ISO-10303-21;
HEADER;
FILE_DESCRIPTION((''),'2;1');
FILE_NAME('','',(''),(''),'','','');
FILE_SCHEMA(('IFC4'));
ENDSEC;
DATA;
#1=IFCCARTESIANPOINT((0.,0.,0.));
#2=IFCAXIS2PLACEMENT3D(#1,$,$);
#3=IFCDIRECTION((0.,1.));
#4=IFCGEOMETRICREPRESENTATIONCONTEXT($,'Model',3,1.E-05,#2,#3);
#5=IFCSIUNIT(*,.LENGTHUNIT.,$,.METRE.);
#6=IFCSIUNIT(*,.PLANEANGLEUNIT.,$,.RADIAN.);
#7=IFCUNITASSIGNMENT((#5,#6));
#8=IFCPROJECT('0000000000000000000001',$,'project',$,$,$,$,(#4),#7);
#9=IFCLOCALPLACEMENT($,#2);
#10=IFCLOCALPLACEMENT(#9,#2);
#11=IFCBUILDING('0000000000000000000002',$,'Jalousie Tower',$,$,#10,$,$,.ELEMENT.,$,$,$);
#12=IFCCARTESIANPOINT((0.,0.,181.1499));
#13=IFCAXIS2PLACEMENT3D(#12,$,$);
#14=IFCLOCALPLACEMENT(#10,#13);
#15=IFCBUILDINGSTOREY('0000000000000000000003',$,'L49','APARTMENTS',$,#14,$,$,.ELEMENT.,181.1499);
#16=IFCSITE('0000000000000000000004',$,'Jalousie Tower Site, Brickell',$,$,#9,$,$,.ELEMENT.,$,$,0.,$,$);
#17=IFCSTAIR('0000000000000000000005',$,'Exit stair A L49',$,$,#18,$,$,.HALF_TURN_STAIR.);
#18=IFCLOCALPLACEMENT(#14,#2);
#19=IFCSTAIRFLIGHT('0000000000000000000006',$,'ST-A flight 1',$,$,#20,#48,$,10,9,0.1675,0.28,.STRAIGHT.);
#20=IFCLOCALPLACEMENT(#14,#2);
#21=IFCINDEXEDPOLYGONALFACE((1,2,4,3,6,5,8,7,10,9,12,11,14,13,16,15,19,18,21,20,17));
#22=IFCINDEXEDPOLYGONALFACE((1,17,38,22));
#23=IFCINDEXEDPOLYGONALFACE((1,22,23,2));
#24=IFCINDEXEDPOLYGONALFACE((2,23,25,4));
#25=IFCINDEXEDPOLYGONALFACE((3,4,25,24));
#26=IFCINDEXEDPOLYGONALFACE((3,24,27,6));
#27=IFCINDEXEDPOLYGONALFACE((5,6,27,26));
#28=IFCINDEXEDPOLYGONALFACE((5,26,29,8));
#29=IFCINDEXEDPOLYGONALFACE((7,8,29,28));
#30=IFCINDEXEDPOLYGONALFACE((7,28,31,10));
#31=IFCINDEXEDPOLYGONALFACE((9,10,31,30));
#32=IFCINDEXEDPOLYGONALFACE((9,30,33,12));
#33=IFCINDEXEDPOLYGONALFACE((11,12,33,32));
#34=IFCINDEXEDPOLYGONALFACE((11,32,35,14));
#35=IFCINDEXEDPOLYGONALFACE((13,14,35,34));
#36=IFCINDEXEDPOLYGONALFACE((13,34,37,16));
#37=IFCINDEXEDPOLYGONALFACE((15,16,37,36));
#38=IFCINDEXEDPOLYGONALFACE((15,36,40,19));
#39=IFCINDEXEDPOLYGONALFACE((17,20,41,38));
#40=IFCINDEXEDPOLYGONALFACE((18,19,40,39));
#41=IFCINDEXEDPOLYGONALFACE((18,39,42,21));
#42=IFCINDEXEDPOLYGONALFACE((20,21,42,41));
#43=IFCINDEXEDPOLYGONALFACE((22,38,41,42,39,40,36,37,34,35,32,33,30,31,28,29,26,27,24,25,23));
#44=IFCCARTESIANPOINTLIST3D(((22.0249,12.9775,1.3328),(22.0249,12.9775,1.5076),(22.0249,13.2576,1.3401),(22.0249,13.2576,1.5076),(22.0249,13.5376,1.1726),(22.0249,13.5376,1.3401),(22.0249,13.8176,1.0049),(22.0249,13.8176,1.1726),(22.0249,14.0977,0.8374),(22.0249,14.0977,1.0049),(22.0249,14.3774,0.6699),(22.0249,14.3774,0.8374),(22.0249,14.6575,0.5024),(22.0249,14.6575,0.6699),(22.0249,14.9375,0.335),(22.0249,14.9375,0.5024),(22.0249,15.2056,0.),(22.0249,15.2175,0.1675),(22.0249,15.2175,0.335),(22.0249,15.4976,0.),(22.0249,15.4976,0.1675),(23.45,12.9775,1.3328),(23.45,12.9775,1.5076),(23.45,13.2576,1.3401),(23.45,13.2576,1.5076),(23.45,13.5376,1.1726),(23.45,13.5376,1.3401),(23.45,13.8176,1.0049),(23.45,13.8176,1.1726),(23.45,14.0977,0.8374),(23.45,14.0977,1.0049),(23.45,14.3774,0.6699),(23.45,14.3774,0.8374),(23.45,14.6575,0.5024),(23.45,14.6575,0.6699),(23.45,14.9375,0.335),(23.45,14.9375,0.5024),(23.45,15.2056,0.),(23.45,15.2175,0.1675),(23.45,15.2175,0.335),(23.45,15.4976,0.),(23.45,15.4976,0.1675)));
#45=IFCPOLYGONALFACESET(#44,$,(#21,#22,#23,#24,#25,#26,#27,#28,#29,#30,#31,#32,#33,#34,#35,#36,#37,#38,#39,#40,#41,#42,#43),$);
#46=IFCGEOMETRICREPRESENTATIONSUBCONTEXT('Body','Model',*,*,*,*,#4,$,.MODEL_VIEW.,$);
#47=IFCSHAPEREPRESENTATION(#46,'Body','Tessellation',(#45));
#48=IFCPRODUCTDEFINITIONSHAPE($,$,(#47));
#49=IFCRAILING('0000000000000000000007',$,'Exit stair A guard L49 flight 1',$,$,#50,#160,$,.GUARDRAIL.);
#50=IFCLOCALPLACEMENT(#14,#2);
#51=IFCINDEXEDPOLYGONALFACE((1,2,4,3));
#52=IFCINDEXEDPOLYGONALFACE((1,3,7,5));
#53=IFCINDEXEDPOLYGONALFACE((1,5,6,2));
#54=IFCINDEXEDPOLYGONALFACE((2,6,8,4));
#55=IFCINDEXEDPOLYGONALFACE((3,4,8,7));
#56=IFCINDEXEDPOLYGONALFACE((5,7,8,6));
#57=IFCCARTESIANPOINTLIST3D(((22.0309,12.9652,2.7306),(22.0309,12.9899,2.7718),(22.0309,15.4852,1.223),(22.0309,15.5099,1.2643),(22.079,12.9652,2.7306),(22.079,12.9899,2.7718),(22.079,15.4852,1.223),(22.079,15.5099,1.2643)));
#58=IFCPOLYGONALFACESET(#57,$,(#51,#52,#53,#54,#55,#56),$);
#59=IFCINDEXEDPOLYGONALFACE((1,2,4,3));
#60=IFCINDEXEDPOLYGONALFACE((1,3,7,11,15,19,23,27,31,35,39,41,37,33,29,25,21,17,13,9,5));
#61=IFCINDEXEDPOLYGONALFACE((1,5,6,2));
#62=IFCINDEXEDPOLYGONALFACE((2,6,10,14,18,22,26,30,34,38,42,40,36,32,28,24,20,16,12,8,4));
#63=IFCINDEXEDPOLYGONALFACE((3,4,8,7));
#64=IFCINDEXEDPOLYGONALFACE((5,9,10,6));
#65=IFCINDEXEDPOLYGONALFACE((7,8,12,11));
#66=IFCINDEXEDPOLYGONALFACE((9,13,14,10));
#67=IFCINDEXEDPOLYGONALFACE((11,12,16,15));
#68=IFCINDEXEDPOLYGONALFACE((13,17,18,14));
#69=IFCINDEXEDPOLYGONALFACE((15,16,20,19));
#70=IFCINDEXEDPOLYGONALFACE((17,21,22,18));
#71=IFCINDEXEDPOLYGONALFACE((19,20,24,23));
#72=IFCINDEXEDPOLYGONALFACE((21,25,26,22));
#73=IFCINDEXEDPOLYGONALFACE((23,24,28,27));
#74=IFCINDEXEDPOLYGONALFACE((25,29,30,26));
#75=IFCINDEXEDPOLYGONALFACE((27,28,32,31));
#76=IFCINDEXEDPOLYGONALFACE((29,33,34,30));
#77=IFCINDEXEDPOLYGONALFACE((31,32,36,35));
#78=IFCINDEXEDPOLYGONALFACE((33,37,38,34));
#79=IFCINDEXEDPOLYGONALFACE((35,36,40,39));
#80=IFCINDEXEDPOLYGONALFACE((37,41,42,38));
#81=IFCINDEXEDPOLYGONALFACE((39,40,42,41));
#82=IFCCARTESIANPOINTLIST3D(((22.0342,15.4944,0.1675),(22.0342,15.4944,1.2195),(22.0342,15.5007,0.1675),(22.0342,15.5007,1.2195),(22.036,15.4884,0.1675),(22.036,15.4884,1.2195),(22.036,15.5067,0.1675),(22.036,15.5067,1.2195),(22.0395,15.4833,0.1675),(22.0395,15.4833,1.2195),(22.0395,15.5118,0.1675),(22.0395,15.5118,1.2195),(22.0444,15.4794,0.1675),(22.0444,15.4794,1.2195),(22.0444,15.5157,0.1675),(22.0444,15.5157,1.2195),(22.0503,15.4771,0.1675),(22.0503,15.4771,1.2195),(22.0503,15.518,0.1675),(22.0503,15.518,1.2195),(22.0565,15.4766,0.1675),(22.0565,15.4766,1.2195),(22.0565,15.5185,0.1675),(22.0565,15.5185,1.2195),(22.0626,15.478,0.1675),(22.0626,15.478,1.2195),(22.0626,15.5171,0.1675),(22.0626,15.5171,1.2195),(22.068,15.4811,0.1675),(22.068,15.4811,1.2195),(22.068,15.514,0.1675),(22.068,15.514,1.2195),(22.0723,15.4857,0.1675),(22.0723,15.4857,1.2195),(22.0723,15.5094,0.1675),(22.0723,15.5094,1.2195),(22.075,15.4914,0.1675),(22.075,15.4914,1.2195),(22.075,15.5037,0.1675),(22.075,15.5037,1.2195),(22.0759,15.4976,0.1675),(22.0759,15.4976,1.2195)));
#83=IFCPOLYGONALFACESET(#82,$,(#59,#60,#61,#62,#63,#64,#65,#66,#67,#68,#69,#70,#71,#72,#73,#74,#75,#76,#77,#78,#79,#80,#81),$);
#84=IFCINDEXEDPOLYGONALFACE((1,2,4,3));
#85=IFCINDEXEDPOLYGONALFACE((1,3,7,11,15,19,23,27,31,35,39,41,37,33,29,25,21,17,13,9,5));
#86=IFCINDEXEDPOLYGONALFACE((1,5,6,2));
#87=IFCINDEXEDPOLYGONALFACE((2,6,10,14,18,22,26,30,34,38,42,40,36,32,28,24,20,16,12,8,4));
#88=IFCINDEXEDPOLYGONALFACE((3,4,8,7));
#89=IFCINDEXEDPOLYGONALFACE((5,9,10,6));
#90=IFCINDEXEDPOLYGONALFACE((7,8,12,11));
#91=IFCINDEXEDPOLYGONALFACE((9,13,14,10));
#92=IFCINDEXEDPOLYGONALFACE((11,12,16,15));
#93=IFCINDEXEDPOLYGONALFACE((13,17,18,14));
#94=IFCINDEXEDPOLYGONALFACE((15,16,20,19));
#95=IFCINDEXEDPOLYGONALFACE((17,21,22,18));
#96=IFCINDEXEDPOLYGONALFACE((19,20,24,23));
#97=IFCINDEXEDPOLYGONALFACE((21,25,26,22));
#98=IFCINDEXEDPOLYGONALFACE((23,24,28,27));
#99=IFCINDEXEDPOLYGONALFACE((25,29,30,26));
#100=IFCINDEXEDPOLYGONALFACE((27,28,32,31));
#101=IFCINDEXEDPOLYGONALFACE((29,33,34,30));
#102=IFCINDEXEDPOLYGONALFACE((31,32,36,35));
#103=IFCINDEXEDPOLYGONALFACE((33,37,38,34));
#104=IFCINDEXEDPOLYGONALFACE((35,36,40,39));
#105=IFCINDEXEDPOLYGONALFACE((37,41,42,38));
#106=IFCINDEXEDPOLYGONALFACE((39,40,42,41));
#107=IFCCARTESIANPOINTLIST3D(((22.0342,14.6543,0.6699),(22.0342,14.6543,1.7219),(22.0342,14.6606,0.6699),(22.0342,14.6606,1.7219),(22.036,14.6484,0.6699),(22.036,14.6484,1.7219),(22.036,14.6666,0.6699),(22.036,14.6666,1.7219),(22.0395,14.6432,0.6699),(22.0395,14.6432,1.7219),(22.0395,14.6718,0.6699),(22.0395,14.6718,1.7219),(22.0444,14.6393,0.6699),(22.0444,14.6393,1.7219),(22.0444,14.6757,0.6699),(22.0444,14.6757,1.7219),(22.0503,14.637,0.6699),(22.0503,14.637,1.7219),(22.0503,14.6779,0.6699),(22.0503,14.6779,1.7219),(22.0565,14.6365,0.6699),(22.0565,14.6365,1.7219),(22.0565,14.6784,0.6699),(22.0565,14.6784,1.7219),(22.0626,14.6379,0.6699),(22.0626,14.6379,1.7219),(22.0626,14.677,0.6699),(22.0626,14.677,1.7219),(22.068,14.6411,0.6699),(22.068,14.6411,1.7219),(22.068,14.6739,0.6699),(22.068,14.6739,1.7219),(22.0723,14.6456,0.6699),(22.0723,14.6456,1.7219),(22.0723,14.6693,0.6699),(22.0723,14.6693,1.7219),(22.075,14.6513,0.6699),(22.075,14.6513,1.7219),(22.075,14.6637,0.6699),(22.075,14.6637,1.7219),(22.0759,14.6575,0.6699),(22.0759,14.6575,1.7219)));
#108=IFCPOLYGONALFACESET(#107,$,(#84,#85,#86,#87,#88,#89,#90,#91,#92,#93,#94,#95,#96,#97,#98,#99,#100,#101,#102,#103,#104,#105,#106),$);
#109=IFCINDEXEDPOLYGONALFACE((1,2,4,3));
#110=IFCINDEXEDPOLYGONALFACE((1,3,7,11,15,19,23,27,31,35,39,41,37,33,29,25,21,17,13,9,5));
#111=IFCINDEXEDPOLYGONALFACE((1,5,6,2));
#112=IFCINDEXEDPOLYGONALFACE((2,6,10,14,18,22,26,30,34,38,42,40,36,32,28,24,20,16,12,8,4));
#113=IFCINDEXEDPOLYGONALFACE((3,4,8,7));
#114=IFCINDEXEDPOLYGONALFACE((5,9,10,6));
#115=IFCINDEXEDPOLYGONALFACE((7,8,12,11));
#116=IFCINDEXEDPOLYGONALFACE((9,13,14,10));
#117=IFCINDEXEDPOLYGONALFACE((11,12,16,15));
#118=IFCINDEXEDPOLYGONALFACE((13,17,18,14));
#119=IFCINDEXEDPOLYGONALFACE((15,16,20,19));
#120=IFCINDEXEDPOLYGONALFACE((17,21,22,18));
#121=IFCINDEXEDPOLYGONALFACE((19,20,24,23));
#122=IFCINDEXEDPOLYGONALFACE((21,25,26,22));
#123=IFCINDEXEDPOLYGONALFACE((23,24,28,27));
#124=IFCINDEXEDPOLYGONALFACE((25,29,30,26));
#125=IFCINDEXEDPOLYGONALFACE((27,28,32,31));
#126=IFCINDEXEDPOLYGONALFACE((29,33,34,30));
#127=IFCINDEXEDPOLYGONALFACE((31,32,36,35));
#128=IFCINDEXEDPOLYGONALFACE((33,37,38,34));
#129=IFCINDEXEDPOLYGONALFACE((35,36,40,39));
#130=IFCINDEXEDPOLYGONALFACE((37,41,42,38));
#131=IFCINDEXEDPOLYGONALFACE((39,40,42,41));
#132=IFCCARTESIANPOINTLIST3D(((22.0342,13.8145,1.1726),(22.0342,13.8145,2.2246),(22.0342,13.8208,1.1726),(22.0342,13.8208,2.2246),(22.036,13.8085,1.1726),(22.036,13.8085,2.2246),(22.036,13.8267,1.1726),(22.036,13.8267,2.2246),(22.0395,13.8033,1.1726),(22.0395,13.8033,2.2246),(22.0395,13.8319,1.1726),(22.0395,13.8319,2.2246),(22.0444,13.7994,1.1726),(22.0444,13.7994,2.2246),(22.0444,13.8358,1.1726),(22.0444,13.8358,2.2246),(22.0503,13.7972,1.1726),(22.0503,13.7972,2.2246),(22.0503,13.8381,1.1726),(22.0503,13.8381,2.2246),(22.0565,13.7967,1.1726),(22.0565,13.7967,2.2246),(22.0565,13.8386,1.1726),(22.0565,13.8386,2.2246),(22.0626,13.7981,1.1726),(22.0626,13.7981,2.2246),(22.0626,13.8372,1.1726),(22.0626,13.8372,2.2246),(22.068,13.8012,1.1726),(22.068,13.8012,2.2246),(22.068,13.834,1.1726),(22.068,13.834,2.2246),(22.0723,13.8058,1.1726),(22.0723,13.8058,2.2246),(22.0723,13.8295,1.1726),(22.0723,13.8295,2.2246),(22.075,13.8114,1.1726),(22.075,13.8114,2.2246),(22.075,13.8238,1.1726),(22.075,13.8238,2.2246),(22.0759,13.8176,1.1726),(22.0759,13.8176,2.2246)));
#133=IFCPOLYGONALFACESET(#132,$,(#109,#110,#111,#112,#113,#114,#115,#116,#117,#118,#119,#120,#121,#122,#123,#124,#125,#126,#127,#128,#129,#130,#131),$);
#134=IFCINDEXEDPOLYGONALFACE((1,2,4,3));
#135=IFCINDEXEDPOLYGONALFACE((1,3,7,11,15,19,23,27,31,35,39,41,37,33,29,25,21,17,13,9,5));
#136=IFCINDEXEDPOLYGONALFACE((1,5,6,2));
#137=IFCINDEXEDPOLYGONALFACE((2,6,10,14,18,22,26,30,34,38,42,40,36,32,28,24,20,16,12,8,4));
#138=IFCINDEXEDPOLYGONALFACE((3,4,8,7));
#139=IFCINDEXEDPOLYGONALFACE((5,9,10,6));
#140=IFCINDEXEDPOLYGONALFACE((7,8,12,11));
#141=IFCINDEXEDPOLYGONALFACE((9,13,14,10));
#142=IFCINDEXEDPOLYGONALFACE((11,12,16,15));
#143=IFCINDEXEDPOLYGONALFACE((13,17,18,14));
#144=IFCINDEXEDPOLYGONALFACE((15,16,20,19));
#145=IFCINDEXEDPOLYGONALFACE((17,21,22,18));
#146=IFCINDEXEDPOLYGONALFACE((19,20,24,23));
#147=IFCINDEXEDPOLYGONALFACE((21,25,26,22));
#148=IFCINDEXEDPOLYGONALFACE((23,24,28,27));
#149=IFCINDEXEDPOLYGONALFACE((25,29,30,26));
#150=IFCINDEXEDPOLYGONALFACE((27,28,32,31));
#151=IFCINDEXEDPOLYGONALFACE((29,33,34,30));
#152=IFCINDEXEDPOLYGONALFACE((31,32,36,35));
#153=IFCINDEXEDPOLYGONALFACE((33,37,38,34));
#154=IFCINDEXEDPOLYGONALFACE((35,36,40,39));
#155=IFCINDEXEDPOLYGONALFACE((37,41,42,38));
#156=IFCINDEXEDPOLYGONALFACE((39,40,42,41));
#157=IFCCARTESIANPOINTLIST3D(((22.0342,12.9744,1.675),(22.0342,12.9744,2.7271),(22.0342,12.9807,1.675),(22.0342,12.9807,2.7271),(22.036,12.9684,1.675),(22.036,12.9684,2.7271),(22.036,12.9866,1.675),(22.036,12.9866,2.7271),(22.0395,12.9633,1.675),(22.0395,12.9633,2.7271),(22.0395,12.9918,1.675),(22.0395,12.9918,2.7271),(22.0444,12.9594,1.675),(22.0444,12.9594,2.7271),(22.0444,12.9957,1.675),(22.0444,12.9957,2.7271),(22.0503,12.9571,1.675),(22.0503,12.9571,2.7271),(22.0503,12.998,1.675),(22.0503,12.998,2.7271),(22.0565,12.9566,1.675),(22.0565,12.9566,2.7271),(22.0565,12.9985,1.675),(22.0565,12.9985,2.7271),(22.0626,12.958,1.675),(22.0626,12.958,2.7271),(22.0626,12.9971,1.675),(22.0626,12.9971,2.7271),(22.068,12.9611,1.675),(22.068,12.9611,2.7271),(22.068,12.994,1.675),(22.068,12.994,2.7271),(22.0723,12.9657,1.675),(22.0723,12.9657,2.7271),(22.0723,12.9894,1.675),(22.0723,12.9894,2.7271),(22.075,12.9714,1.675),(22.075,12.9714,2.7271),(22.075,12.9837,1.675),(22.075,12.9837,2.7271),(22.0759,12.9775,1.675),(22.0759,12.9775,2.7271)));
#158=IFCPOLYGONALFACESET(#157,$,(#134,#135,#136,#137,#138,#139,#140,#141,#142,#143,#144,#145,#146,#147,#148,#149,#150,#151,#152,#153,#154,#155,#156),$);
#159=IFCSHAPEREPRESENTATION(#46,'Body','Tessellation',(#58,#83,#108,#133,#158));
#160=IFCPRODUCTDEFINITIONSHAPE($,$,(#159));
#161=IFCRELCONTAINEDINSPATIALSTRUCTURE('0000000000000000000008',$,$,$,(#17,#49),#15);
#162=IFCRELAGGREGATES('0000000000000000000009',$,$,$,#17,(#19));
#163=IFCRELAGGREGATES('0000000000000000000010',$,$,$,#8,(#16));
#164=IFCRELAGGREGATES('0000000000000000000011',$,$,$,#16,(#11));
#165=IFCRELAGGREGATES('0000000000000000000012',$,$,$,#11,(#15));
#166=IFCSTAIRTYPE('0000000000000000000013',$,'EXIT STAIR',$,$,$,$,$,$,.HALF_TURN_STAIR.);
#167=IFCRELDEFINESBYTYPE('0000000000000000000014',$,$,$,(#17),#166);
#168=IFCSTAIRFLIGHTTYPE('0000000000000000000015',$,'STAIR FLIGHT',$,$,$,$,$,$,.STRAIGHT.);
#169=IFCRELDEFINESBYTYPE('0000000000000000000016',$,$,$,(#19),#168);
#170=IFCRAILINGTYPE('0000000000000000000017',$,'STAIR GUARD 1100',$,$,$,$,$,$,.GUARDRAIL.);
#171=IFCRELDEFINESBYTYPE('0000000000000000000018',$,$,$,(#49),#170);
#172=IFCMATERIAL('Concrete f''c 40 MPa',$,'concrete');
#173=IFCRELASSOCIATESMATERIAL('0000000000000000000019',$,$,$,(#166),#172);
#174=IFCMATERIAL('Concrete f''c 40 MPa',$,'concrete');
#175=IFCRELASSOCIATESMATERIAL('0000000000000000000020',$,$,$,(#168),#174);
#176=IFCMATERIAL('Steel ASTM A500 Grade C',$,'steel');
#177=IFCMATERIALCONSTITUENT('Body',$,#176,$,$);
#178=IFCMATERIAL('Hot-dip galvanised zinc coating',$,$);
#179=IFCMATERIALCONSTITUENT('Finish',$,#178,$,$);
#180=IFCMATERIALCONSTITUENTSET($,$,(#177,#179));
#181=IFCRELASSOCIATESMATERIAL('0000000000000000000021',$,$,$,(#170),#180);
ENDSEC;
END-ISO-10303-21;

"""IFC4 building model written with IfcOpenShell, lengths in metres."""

from ifc_helpers import new_model, si_unit, direction, frame, origin, origin_2d, place, context, subcontext, project, spatial, polyline, rectangle, circle, outline, extrude, material, constituent, constituent_set, type_object, element, aggregate, save


model = new_model("IFC4")

# Units and contexts
model_context = context("Model", 3, precision=1e-05, world=origin(), true_north=direction((0.0, 1.0)))
body_context = subcontext(model_context, "Body", "Model", "MODEL_VIEW")
ifc_project = project(units=[si_unit("LENGTHUNIT", "METRE"), si_unit("PLANEANGLEUNIT", "RADIAN")], contexts=[model_context])

# Site, building, storey
site_placement = place(None, origin())
site = spatial("IfcSite", under=ifc_project, at=site_placement, Name="Jalousie Tower Site, Brickell", CompositionType="ELEMENT", RefElevation=0.0)
building_placement = place(site_placement, origin())
building = spatial("IfcBuilding", under=site, at=building_placement, Name="Jalousie Tower", CompositionType="ELEMENT")
storey_placement = place(building_placement, frame((0.0, 0.0, 181.1499)))
storey = spatial("IfcBuildingStorey", under=building, at=storey_placement, Name="L49", Description="APARTMENTS", CompositionType="ELEMENT", Elevation=181.1499)

# Stair, stair flight
ifc_material_1 = material(Name="Concrete f'c 40 MPa", Category="concrete")
stair_type = type_object("IfcStairType", Name="EXIT STAIR", PredefinedType="HALF_TURN_STAIR", material=ifc_material_1)
stair_placement = place(storey_placement, origin())
stair = element("IfcStair", 1, at=stair_placement, inside=storey, type_object=stair_type, Name="Exit stair A L49", PredefinedType="HALF_TURN_STAIR")
ifc_material_2 = material(Name="Concrete f'c 40 MPa", Category="concrete")
stair_flight_type = type_object("IfcStairFlightType", Name="STAIR FLIGHT", PredefinedType="STRAIGHT", material=ifc_material_2)
stair_flight_placement = place(storey_placement, frame((22.7375, 15.4976, 0.0), z_axis=(0.0, 0.0, 1.0), x_axis=(0.0, -1.0, 0.0)))
stair_flight = element("IfcStairFlight", 2, at=stair_flight_placement, type_object=stair_flight_type, Name="ST-A flight 1", NumberOfRisers=10, NumberOfTreads=9, PredefinedType="STRAIGHT", RiserHeight=0.1675, TreadLength=0.28, context=body_context, shape_type="SweptSolid", body=[
    extrude(outline(polyline([(0.0, 0.0), (0.0, 0.1675), (0.28, 0.1675), (0.28, 0.335), (0.5601, 0.335), (0.5601, 0.5024), (0.8401, 0.5024), (0.8401, 0.6699), (1.1201, 0.6699), (1.1201, 0.8374), (1.3999, 0.8374), (1.3999, 1.0049), (1.6799, 1.0049), (1.6799, 1.1726), (1.96, 1.1726), (1.96, 1.3401), (2.24, 1.3401), (2.24, 1.5076), (2.52, 1.5076), (2.52, 1.675), (2.52, 1.3328), (0.292, 0.0), (0.0, 0.0)])), frame((0.0, 0.7124, 0.0), z_axis=(0.0, -1.0, 0.0), x_axis=(1.0, 0.0, 0.0)), (0.0, 0.0, 1.0), 1.425),
])
aggregate(stair, [stair_flight])

# Railing
ifc_material_3 = material(Name="Steel ASTM A500 Grade C", Category="steel")
ifc_constituent_1 = constituent(ifc_material_3, Name="Body")
ifc_material_4 = material(Name="Hot-dip galvanised zinc coating")
ifc_constituent_2 = constituent(ifc_material_4, Name="Finish")
ifc_constituent_set_1 = constituent_set(constituents=[ifc_constituent_1, ifc_constituent_2])
railing_type_1 = type_object("IfcRailingType", Name="STAIR GUARD 1100", PredefinedType="GUARDRAIL", material=ifc_constituent_set_1)
railing_1_placement = place(storey_placement, frame((22.0549, 15.4976, 0.1675)))
element("IfcRailing", 3, at=railing_1_placement, inside=storey, type_object=railing_type_1, Name="Exit stair A guard L49 flight 1", PredefinedType="GUARDRAIL", context=body_context, shape_type="SweptSolid", body=[
    extrude(rectangle(XDim=0.0481, YDim=0.0481, at=origin_2d()), frame((0.0, 0.0, 1.0762), z_axis=(0.0, -0.85816, 0.513383), x_axis=(1.0, 0.0, 0.0)), (0.0, 0.0, 1.0), 2.9365),
    extrude(circle(Radius=0.021, at=origin_2d()), origin(), (0.0, 0.0, 1.0), 1.052),
    extrude(circle(Radius=0.021, at=origin_2d()), frame((0.0, -0.8401, 0.5024)), (0.0, 0.0, 1.0), 1.052),
    extrude(circle(Radius=0.021, at=origin_2d()), frame((0.0, -1.6799, 1.0051)), (0.0, 0.0, 1.0), 1.052),
    extrude(circle(Radius=0.021, at=origin_2d()), frame((0.0, -2.52, 1.5076)), (0.0, 0.0, 1.0), 1.052),
])

save(model, "model.ifc")
